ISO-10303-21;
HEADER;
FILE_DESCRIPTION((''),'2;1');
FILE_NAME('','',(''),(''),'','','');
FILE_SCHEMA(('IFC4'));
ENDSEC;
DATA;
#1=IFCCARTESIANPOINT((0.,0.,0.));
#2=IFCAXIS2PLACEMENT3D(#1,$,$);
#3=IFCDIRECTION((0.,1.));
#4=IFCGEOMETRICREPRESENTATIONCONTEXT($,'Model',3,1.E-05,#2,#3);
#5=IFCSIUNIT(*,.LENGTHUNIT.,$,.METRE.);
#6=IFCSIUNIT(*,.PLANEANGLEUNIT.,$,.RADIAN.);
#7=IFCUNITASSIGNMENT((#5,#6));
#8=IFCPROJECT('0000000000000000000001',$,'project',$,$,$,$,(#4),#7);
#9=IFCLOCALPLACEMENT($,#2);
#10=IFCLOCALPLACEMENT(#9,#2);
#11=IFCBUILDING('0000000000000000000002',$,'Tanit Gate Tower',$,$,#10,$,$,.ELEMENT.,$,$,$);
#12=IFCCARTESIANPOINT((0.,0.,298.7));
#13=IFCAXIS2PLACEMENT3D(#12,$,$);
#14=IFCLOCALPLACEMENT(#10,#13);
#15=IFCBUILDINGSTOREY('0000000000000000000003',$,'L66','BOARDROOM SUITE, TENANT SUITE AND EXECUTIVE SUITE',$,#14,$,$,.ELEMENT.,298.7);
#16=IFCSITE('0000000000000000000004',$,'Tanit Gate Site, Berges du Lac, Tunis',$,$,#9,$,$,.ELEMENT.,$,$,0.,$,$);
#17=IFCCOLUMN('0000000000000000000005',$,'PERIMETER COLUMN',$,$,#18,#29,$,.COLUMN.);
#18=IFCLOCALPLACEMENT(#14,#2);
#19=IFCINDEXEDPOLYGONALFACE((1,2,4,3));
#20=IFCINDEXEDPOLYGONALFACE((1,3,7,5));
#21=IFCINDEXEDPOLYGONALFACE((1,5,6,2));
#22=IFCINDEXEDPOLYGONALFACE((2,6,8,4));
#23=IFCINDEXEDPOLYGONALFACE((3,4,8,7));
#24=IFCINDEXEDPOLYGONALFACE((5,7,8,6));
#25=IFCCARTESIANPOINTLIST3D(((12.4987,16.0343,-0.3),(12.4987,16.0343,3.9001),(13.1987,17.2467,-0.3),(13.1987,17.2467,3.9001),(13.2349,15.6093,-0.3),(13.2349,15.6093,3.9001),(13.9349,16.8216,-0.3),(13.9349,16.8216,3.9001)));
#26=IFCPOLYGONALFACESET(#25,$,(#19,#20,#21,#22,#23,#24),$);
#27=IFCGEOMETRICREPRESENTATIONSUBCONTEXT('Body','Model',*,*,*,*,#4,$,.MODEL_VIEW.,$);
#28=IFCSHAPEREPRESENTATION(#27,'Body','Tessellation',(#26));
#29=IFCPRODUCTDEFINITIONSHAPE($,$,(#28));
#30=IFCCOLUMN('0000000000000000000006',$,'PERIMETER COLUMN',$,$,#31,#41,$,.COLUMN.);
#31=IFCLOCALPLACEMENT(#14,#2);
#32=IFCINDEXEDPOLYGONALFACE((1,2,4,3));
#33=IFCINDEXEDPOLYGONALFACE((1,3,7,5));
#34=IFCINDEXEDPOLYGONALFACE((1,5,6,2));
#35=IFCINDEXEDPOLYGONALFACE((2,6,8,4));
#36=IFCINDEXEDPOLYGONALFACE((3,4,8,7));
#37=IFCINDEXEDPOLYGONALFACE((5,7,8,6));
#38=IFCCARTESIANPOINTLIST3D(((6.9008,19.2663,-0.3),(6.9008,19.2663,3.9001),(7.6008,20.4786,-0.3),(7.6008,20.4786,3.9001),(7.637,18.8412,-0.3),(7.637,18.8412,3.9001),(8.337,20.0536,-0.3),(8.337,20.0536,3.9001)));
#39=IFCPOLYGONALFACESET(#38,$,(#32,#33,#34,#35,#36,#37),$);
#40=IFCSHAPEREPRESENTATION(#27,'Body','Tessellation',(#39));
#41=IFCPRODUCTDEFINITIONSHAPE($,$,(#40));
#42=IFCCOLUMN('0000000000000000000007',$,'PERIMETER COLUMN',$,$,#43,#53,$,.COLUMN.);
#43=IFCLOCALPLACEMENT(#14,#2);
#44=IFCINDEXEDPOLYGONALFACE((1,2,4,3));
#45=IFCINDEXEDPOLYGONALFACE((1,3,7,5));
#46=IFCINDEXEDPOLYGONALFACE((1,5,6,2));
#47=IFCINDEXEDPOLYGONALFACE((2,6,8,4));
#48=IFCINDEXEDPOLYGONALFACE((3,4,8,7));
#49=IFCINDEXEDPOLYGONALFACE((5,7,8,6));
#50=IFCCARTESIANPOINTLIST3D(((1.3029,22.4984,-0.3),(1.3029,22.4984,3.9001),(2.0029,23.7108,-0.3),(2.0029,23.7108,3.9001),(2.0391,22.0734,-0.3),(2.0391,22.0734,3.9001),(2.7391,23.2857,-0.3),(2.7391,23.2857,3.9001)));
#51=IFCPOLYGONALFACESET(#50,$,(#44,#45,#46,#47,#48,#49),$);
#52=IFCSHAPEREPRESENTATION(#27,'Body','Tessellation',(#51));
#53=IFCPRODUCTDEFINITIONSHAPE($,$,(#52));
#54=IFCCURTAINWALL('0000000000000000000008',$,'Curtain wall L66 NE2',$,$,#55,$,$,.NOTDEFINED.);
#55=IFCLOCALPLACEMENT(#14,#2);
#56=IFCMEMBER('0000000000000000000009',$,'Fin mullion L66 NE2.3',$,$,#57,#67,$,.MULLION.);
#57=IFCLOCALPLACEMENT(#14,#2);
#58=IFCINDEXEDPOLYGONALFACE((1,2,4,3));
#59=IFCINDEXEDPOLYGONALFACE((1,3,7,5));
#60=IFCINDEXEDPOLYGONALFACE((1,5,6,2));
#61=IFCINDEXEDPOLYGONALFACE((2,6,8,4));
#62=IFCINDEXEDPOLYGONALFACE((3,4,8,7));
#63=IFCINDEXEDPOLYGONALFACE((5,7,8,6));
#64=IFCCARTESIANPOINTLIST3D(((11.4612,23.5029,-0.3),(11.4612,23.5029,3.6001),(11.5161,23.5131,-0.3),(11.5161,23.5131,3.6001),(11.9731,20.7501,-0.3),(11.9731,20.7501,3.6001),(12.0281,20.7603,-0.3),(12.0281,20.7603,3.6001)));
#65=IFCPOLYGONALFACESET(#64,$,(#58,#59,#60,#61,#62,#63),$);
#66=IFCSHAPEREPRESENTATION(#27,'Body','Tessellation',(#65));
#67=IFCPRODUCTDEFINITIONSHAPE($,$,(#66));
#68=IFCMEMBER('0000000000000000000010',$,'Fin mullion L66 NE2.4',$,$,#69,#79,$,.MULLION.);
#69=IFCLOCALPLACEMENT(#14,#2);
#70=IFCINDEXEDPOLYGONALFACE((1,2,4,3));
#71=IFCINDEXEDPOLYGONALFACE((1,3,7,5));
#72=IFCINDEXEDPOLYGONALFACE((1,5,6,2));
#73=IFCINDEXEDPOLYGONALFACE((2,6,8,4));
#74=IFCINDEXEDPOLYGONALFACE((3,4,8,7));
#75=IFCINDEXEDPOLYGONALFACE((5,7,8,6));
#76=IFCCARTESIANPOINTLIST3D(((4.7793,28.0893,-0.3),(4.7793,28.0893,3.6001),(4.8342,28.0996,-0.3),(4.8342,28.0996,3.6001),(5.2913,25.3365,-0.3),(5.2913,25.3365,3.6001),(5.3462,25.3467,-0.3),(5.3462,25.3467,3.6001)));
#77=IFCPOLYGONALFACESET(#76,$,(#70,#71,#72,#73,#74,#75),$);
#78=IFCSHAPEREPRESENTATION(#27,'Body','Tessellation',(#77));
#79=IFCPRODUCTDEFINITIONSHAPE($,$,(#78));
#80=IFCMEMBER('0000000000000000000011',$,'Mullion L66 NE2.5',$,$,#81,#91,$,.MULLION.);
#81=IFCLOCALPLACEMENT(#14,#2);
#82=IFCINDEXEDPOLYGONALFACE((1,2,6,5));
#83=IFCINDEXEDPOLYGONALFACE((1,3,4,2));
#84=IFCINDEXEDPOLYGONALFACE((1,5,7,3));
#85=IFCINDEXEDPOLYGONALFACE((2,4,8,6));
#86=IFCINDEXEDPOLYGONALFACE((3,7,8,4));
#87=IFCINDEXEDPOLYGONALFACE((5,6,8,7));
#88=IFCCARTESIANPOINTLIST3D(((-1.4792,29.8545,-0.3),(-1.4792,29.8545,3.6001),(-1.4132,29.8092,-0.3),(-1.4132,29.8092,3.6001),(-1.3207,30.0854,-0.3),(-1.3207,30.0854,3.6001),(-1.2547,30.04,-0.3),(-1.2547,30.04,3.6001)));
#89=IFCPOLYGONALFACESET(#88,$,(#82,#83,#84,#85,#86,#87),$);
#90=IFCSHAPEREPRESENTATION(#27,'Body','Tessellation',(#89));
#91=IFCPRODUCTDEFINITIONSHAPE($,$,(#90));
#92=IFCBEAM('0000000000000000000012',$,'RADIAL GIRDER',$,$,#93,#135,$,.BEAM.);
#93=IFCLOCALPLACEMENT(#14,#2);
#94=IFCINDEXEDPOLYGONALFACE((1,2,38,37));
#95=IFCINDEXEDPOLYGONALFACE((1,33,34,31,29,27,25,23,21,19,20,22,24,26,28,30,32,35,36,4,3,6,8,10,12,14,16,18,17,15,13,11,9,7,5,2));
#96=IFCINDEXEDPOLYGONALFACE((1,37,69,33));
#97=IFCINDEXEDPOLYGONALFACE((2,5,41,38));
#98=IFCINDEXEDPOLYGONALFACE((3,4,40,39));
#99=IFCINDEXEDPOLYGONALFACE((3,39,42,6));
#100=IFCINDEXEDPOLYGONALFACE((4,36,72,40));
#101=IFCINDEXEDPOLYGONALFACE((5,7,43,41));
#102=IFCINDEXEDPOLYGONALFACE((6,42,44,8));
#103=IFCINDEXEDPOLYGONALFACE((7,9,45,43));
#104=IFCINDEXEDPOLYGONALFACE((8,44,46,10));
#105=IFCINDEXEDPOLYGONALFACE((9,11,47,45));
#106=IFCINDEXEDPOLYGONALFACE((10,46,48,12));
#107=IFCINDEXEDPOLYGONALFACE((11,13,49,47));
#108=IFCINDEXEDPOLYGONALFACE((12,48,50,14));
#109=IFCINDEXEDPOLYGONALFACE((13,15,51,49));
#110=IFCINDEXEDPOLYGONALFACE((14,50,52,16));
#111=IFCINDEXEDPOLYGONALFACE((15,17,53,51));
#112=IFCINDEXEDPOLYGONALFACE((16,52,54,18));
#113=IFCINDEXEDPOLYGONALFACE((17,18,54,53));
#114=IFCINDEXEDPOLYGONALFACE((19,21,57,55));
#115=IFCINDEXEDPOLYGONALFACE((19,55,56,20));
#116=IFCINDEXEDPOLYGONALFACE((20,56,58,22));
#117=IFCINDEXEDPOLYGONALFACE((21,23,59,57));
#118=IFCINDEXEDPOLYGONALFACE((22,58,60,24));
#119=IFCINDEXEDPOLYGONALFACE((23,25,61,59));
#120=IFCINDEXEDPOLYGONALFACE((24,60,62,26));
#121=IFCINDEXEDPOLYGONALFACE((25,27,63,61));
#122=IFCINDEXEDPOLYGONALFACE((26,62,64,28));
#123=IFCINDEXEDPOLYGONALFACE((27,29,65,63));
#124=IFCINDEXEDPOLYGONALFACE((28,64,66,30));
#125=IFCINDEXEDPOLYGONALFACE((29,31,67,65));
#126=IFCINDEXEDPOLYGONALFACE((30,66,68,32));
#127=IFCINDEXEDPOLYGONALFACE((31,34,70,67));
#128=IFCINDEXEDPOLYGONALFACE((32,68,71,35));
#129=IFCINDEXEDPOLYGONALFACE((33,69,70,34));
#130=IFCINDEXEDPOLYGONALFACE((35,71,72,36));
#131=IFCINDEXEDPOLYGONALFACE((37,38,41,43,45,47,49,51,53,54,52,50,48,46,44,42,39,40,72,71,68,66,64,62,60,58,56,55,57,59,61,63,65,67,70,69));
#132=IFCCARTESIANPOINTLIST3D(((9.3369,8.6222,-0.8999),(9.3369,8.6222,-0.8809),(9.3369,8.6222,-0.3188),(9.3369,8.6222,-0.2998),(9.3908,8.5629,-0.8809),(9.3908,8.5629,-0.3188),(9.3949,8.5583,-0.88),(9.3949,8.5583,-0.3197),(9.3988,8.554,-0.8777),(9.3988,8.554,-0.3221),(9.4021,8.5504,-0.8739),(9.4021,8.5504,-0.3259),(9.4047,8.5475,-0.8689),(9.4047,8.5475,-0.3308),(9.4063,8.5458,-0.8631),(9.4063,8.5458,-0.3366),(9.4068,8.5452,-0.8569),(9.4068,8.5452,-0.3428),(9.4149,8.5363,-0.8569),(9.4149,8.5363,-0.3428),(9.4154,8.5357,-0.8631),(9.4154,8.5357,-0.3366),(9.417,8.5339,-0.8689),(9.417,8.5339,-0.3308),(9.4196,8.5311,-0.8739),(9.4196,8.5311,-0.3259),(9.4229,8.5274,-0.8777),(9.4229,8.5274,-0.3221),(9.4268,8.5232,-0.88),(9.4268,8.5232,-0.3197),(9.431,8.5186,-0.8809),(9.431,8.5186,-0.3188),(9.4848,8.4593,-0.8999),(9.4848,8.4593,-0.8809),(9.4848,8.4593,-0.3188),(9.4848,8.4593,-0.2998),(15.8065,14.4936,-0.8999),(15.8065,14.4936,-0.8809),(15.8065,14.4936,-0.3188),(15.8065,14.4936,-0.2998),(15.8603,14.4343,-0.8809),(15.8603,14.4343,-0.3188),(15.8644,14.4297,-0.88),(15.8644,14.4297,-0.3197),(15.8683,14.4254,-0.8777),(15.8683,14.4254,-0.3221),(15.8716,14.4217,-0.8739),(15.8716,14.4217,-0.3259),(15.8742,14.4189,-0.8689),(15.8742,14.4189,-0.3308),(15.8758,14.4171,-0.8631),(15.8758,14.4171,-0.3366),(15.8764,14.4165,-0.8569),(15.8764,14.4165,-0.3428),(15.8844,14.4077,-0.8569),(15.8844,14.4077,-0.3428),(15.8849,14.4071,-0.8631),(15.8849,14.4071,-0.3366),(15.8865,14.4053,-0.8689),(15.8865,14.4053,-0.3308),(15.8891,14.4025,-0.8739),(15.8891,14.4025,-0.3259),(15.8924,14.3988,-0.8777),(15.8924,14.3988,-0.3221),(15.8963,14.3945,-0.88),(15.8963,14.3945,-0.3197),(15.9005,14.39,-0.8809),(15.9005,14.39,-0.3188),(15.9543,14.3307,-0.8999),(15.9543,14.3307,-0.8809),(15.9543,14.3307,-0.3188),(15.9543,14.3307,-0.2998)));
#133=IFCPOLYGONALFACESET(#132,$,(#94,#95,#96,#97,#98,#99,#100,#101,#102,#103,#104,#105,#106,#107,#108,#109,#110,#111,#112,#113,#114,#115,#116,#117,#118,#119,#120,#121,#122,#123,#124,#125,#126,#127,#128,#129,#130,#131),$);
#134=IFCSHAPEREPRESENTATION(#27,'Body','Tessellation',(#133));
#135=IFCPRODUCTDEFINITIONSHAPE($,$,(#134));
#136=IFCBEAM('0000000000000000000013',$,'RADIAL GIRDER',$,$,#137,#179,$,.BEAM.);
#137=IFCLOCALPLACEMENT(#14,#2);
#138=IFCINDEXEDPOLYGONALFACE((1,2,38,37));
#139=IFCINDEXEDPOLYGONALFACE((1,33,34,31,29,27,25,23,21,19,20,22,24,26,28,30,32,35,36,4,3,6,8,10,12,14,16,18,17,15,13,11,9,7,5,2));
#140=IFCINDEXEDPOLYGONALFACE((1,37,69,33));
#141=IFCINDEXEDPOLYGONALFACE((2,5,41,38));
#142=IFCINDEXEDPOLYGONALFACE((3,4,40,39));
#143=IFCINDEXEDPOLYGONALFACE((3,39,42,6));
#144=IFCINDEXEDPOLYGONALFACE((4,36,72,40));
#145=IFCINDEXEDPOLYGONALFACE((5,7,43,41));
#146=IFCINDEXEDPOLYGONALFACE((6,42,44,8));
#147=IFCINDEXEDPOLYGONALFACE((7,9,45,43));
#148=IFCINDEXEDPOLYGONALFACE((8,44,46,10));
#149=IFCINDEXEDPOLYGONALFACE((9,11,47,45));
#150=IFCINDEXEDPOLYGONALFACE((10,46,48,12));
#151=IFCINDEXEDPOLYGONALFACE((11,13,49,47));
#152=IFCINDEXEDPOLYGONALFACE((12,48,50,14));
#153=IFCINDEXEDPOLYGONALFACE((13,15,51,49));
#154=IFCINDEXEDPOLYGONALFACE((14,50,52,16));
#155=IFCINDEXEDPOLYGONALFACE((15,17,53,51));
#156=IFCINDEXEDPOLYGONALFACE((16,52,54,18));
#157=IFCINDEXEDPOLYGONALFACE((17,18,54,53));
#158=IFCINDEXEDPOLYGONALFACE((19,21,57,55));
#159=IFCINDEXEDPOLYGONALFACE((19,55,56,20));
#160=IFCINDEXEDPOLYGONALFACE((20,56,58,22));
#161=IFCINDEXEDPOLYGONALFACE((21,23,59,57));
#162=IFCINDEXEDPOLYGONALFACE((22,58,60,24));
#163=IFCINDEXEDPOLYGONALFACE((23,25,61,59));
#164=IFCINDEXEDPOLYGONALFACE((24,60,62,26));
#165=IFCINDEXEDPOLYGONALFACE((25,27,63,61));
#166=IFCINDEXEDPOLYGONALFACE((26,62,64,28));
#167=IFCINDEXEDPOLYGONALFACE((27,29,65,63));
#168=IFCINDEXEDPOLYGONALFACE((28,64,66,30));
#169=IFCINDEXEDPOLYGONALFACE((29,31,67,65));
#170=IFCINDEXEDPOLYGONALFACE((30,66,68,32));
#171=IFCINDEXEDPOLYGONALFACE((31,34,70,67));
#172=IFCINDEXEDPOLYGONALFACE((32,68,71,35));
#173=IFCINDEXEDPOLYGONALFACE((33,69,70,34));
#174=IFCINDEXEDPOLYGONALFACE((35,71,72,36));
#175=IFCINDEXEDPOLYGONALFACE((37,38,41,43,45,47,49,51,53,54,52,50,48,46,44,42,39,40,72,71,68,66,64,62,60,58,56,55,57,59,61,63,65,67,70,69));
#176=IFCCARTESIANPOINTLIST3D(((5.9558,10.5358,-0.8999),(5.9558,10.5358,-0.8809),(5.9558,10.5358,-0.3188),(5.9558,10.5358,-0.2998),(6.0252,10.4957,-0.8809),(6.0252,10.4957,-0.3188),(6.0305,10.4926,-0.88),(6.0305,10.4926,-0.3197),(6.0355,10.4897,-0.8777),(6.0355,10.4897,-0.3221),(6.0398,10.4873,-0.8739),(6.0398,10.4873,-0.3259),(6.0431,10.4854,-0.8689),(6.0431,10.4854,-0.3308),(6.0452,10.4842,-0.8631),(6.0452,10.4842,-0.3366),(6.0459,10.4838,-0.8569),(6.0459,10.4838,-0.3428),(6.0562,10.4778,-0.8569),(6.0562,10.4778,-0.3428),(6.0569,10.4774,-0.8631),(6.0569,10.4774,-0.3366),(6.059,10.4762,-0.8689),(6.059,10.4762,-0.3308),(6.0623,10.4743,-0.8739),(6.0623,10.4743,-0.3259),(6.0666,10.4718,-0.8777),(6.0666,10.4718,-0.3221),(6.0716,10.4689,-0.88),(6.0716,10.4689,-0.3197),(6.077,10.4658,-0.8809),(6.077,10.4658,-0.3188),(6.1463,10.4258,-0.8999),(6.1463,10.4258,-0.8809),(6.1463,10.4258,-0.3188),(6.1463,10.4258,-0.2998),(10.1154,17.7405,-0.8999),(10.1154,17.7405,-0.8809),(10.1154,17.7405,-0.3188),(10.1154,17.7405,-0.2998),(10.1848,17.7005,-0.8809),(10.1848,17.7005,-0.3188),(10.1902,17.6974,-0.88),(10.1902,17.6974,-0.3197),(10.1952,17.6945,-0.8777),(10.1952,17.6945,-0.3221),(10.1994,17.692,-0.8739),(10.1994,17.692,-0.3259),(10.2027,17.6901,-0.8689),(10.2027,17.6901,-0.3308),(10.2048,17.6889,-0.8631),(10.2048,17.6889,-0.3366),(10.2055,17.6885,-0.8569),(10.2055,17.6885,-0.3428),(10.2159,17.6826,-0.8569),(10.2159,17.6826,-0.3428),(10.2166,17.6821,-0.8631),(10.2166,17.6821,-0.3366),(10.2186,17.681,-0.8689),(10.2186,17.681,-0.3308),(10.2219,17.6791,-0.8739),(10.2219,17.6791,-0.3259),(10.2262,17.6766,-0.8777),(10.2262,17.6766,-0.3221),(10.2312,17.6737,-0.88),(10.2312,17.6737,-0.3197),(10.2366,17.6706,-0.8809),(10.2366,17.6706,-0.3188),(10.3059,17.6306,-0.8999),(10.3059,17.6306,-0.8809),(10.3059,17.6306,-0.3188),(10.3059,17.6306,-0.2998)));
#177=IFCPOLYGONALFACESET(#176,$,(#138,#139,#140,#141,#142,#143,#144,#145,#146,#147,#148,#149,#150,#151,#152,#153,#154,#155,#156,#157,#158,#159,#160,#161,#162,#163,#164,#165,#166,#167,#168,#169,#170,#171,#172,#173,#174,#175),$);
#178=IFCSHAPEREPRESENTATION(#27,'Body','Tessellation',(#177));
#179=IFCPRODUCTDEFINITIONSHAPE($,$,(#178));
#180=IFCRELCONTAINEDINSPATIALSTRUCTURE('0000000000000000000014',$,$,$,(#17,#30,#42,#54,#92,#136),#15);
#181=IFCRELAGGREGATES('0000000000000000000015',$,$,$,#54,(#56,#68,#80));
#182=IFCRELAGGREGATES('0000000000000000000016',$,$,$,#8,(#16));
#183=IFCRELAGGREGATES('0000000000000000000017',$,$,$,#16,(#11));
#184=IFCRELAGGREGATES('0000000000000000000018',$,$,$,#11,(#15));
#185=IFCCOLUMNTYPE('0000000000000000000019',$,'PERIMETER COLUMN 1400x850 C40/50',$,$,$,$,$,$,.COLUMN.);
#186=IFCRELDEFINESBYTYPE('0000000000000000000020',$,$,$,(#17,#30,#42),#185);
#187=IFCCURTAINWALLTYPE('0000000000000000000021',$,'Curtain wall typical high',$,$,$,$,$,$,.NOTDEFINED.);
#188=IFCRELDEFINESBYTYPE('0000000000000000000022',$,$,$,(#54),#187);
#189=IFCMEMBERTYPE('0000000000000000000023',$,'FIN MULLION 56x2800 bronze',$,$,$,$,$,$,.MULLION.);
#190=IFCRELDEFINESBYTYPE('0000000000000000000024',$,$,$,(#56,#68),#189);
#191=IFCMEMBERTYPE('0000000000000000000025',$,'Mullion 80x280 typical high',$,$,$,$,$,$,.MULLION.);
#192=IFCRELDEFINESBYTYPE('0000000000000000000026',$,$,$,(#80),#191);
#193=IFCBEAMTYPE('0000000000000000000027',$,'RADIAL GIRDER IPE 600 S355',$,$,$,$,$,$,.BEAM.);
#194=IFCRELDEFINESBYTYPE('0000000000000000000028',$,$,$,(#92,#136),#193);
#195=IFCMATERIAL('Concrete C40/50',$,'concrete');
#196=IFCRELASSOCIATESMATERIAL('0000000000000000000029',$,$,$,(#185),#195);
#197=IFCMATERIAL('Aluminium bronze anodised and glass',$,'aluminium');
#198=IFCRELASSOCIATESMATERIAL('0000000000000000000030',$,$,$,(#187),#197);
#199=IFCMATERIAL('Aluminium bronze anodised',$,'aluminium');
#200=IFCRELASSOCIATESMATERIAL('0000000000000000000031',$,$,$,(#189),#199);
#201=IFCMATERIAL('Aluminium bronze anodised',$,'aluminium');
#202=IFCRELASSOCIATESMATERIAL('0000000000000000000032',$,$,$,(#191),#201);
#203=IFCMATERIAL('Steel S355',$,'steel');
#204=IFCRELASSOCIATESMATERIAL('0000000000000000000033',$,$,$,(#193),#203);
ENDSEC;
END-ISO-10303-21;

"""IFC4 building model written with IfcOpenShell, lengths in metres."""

from ifc_helpers import new_model, si_unit, direction, frame, origin, origin_2d, place, context, subcontext, project, spatial, rectangle, i_section, extrude, material, material_profile, profile_set, type_object, element, aggregate, save


model = new_model("IFC4")

# Units and contexts
model_context = context("Model", 3, precision=1e-05, world=origin(), true_north=direction((0.0, 1.0)))
body_context = subcontext(model_context, "Body", "Model", "MODEL_VIEW")
ifc_project = project(units=[si_unit("LENGTHUNIT", "METRE"), si_unit("PLANEANGLEUNIT", "RADIAN")], contexts=[model_context])

# Site, building, storey
site_placement = place(None, origin())
site = spatial("IfcSite", under=ifc_project, at=site_placement, Name="Tanit Gate Site, Berges du Lac, Tunis", CompositionType="ELEMENT", RefElevation=0.0)
building_placement = place(site_placement, origin())
building = spatial("IfcBuilding", under=site, at=building_placement, Name="Tanit Gate Tower", CompositionType="ELEMENT")
storey_placement = place(building_placement, frame((0.0, 0.0, 298.7)))
storey = spatial("IfcBuildingStorey", under=building, at=storey_placement, Name="L66", Description="BOARDROOM SUITE, TENANT SUITE AND EXECUTIVE SUITE", CompositionType="ELEMENT", Elevation=298.7)

# Columns
ifc_material_1 = material(Name="Concrete C40/50", Category="concrete")
ifc_material_profile_1 = material_profile(ifc_material_1, rectangle(XDim=1.3999, YDim=0.8501, at=origin_2d()), Name="RC 1400x850")
ifc_profile_set_1 = profile_set([ifc_material_profile_1], Name="Concrete C40/50")
column_type = type_object("IfcColumnType", Name="PERIMETER COLUMN 1400x850 C40/50", PredefinedType="COLUMN", material=ifc_profile_set_1)
for number, where, z_axis, x_axis, name in (
    (1, (13.2168, 16.428, -0.3), (0.0, 0.0, 1.0), (0.5, 0.866025, 0.0), "PERIMETER COLUMN"),
    (2, (7.6189, 19.6599, -0.3), (0.0, 0.0, 1.0), (0.5, 0.866025, 0.0), "PERIMETER COLUMN"),
    (3, (2.021, 22.8921, -0.3), (0.0, 0.0, 1.0), (0.5, 0.866025, 0.0), "PERIMETER COLUMN"),
):
    element("IfcColumn", number, at=place(storey_placement, frame(where, z_axis=z_axis, x_axis=x_axis)), inside=storey, type_object=column_type, Name=name, PredefinedType="COLUMN", context=body_context, shape_type="SweptSolid", body=[
        extrude(rectangle(XDim=1.3999, YDim=0.8501, at=origin_2d()), origin(), (0.0, 0.0, 1.0), 4.2002),
    ])

# Curtain wall, members
ifc_material_2 = material(Name="Aluminium bronze anodised and glass", Category="aluminium")
curtain_wall_type = type_object("IfcCurtainWallType", Name="Curtain wall typical high", PredefinedType="NOTDEFINED", material=ifc_material_2)
curtain_wall_placement = place(storey_placement, origin())
curtain_wall = element("IfcCurtainWall", 4, at=curtain_wall_placement, inside=storey, type_object=curtain_wall_type, Name="Curtain wall L66 NE2", PredefinedType="NOTDEFINED")
ifc_material_3 = material(Name="Aluminium bronze anodised", Category="aluminium")
ifc_material_profile_2 = material_profile(ifc_material_3, rectangle(XDim=2.8, YDim=0.0559, at=origin_2d()), Name="56x2800 bronze fin mullion")
ifc_profile_set_2 = profile_set([ifc_material_profile_2], Name="Aluminium bronze anodised")
member_type_1 = type_object("IfcMemberType", Name="FIN MULLION 56x2800 bronze", PredefinedType="MULLION", material=ifc_profile_set_2)
member_1_placement = place(storey_placement, frame((11.7446, 22.1316, -0.3), z_axis=(0.0, 0.0, 1.0), x_axis=(0.182847, -0.983141, 0.0)))
member_1 = element("IfcMember", 5, at=member_1_placement, type_object=member_type_1, Name="Fin mullion L66 NE2.3", PredefinedType="MULLION", context=body_context, shape_type="SweptSolid", body=[
    extrude(rectangle(XDim=2.8, YDim=0.0559, at=origin_2d()), origin(), (0.0, 0.0, 1.0), 3.9001),
])
member_2_placement = place(storey_placement, frame((5.0627, 26.718, -0.3), z_axis=(0.0, 0.0, 1.0), x_axis=(0.182847, -0.983141, 0.0)))
member_2 = element("IfcMember", 6, at=member_2_placement, type_object=member_type_1, Name="Fin mullion L66 NE2.4", PredefinedType="MULLION", context=body_context, shape_type="SweptSolid", body=[
    extrude(rectangle(XDim=2.8, YDim=0.0559, at=origin_2d()), origin(), (0.0, 0.0, 1.0), 3.9001),
])
ifc_material_4 = material(Name="Aluminium bronze anodised", Category="aluminium")
ifc_material_profile_3 = material_profile(ifc_material_4, rectangle(XDim=0.28, YDim=0.0801, at=origin_2d()), Name="80x280 bronze mullion")
ifc_profile_set_3 = profile_set([ifc_material_profile_3], Name="Aluminium bronze anodised")
member_type_2 = type_object("IfcMemberType", Name="Mullion 80x280 typical high", PredefinedType="MULLION", material=ifc_profile_set_3)
member_3_placement = place(storey_placement, frame((-1.3669, 29.9473, -0.3), z_axis=(0.0, 0.0, 1.0), x_axis=(-0.565893, -0.824479, 0.0)))
member_3 = element("IfcMember", 7, at=member_3_placement, type_object=member_type_2, Name="Mullion L66 NE2.5", PredefinedType="MULLION", context=body_context, shape_type="SweptSolid", body=[
    extrude(rectangle(XDim=0.28, YDim=0.0801, at=origin_2d()), origin(), (0.0, 0.0, 1.0), 3.9001),
])

# Beams
ifc_material_5 = material(Name="Steel S355", Category="steel")
ifc_material_profile_4 = material_profile(ifc_material_5, i_section(OverallWidth=0.22, OverallDepth=0.6001, WebThickness=0.012, FlangeThickness=0.019, FilletRadius=0.0239, at=origin_2d()), Name="IPE 600")
ifc_profile_set_4 = profile_set([ifc_material_profile_4], Name="Steel S355")
beam_type_1 = type_object("IfcBeamType", Name="RADIAL GIRDER IPE 600 S355", PredefinedType="BEAM", material=ifc_profile_set_4)
beam_1_placement = place(storey_placement, frame((15.8804, 14.4121, -0.5999), z_axis=(-0.74051, -0.672045, 0.0), x_axis=(0.672045, -0.74051, 0.0)))
element("IfcBeam", 8, at=beam_1_placement, inside=storey, type_object=beam_type_1, Name="RADIAL GIRDER", PredefinedType="BEAM", context=body_context, shape_type="SweptSolid", body=[
    extrude(i_section(OverallWidth=0.22, OverallDepth=0.6001, WebThickness=0.012, FlangeThickness=0.019, FilletRadius=0.0239, at=origin_2d()), origin(), (0.0, 0.0, 1.0), 8.7366),
])
beam_2_placement = place(storey_placement, frame((10.2107, 17.6855, -0.5999), z_axis=(-0.499996, -0.866028, 0.0), x_axis=(0.866028, -0.499996, 0.0)))
element("IfcBeam", 9, at=beam_2_placement, inside=storey, type_object=beam_type_1, Name="RADIAL GIRDER", PredefinedType="BEAM", context=body_context, shape_type="SweptSolid", body=[
    extrude(i_section(OverallWidth=0.22, OverallDepth=0.6001, WebThickness=0.012, FlangeThickness=0.019, FilletRadius=0.0239, at=origin_2d()), origin(), (0.0, 0.0, 1.0), 8.3193),
])

aggregate(curtain_wall, [member_1, member_2, member_3])

save(model, "model.ifc")
